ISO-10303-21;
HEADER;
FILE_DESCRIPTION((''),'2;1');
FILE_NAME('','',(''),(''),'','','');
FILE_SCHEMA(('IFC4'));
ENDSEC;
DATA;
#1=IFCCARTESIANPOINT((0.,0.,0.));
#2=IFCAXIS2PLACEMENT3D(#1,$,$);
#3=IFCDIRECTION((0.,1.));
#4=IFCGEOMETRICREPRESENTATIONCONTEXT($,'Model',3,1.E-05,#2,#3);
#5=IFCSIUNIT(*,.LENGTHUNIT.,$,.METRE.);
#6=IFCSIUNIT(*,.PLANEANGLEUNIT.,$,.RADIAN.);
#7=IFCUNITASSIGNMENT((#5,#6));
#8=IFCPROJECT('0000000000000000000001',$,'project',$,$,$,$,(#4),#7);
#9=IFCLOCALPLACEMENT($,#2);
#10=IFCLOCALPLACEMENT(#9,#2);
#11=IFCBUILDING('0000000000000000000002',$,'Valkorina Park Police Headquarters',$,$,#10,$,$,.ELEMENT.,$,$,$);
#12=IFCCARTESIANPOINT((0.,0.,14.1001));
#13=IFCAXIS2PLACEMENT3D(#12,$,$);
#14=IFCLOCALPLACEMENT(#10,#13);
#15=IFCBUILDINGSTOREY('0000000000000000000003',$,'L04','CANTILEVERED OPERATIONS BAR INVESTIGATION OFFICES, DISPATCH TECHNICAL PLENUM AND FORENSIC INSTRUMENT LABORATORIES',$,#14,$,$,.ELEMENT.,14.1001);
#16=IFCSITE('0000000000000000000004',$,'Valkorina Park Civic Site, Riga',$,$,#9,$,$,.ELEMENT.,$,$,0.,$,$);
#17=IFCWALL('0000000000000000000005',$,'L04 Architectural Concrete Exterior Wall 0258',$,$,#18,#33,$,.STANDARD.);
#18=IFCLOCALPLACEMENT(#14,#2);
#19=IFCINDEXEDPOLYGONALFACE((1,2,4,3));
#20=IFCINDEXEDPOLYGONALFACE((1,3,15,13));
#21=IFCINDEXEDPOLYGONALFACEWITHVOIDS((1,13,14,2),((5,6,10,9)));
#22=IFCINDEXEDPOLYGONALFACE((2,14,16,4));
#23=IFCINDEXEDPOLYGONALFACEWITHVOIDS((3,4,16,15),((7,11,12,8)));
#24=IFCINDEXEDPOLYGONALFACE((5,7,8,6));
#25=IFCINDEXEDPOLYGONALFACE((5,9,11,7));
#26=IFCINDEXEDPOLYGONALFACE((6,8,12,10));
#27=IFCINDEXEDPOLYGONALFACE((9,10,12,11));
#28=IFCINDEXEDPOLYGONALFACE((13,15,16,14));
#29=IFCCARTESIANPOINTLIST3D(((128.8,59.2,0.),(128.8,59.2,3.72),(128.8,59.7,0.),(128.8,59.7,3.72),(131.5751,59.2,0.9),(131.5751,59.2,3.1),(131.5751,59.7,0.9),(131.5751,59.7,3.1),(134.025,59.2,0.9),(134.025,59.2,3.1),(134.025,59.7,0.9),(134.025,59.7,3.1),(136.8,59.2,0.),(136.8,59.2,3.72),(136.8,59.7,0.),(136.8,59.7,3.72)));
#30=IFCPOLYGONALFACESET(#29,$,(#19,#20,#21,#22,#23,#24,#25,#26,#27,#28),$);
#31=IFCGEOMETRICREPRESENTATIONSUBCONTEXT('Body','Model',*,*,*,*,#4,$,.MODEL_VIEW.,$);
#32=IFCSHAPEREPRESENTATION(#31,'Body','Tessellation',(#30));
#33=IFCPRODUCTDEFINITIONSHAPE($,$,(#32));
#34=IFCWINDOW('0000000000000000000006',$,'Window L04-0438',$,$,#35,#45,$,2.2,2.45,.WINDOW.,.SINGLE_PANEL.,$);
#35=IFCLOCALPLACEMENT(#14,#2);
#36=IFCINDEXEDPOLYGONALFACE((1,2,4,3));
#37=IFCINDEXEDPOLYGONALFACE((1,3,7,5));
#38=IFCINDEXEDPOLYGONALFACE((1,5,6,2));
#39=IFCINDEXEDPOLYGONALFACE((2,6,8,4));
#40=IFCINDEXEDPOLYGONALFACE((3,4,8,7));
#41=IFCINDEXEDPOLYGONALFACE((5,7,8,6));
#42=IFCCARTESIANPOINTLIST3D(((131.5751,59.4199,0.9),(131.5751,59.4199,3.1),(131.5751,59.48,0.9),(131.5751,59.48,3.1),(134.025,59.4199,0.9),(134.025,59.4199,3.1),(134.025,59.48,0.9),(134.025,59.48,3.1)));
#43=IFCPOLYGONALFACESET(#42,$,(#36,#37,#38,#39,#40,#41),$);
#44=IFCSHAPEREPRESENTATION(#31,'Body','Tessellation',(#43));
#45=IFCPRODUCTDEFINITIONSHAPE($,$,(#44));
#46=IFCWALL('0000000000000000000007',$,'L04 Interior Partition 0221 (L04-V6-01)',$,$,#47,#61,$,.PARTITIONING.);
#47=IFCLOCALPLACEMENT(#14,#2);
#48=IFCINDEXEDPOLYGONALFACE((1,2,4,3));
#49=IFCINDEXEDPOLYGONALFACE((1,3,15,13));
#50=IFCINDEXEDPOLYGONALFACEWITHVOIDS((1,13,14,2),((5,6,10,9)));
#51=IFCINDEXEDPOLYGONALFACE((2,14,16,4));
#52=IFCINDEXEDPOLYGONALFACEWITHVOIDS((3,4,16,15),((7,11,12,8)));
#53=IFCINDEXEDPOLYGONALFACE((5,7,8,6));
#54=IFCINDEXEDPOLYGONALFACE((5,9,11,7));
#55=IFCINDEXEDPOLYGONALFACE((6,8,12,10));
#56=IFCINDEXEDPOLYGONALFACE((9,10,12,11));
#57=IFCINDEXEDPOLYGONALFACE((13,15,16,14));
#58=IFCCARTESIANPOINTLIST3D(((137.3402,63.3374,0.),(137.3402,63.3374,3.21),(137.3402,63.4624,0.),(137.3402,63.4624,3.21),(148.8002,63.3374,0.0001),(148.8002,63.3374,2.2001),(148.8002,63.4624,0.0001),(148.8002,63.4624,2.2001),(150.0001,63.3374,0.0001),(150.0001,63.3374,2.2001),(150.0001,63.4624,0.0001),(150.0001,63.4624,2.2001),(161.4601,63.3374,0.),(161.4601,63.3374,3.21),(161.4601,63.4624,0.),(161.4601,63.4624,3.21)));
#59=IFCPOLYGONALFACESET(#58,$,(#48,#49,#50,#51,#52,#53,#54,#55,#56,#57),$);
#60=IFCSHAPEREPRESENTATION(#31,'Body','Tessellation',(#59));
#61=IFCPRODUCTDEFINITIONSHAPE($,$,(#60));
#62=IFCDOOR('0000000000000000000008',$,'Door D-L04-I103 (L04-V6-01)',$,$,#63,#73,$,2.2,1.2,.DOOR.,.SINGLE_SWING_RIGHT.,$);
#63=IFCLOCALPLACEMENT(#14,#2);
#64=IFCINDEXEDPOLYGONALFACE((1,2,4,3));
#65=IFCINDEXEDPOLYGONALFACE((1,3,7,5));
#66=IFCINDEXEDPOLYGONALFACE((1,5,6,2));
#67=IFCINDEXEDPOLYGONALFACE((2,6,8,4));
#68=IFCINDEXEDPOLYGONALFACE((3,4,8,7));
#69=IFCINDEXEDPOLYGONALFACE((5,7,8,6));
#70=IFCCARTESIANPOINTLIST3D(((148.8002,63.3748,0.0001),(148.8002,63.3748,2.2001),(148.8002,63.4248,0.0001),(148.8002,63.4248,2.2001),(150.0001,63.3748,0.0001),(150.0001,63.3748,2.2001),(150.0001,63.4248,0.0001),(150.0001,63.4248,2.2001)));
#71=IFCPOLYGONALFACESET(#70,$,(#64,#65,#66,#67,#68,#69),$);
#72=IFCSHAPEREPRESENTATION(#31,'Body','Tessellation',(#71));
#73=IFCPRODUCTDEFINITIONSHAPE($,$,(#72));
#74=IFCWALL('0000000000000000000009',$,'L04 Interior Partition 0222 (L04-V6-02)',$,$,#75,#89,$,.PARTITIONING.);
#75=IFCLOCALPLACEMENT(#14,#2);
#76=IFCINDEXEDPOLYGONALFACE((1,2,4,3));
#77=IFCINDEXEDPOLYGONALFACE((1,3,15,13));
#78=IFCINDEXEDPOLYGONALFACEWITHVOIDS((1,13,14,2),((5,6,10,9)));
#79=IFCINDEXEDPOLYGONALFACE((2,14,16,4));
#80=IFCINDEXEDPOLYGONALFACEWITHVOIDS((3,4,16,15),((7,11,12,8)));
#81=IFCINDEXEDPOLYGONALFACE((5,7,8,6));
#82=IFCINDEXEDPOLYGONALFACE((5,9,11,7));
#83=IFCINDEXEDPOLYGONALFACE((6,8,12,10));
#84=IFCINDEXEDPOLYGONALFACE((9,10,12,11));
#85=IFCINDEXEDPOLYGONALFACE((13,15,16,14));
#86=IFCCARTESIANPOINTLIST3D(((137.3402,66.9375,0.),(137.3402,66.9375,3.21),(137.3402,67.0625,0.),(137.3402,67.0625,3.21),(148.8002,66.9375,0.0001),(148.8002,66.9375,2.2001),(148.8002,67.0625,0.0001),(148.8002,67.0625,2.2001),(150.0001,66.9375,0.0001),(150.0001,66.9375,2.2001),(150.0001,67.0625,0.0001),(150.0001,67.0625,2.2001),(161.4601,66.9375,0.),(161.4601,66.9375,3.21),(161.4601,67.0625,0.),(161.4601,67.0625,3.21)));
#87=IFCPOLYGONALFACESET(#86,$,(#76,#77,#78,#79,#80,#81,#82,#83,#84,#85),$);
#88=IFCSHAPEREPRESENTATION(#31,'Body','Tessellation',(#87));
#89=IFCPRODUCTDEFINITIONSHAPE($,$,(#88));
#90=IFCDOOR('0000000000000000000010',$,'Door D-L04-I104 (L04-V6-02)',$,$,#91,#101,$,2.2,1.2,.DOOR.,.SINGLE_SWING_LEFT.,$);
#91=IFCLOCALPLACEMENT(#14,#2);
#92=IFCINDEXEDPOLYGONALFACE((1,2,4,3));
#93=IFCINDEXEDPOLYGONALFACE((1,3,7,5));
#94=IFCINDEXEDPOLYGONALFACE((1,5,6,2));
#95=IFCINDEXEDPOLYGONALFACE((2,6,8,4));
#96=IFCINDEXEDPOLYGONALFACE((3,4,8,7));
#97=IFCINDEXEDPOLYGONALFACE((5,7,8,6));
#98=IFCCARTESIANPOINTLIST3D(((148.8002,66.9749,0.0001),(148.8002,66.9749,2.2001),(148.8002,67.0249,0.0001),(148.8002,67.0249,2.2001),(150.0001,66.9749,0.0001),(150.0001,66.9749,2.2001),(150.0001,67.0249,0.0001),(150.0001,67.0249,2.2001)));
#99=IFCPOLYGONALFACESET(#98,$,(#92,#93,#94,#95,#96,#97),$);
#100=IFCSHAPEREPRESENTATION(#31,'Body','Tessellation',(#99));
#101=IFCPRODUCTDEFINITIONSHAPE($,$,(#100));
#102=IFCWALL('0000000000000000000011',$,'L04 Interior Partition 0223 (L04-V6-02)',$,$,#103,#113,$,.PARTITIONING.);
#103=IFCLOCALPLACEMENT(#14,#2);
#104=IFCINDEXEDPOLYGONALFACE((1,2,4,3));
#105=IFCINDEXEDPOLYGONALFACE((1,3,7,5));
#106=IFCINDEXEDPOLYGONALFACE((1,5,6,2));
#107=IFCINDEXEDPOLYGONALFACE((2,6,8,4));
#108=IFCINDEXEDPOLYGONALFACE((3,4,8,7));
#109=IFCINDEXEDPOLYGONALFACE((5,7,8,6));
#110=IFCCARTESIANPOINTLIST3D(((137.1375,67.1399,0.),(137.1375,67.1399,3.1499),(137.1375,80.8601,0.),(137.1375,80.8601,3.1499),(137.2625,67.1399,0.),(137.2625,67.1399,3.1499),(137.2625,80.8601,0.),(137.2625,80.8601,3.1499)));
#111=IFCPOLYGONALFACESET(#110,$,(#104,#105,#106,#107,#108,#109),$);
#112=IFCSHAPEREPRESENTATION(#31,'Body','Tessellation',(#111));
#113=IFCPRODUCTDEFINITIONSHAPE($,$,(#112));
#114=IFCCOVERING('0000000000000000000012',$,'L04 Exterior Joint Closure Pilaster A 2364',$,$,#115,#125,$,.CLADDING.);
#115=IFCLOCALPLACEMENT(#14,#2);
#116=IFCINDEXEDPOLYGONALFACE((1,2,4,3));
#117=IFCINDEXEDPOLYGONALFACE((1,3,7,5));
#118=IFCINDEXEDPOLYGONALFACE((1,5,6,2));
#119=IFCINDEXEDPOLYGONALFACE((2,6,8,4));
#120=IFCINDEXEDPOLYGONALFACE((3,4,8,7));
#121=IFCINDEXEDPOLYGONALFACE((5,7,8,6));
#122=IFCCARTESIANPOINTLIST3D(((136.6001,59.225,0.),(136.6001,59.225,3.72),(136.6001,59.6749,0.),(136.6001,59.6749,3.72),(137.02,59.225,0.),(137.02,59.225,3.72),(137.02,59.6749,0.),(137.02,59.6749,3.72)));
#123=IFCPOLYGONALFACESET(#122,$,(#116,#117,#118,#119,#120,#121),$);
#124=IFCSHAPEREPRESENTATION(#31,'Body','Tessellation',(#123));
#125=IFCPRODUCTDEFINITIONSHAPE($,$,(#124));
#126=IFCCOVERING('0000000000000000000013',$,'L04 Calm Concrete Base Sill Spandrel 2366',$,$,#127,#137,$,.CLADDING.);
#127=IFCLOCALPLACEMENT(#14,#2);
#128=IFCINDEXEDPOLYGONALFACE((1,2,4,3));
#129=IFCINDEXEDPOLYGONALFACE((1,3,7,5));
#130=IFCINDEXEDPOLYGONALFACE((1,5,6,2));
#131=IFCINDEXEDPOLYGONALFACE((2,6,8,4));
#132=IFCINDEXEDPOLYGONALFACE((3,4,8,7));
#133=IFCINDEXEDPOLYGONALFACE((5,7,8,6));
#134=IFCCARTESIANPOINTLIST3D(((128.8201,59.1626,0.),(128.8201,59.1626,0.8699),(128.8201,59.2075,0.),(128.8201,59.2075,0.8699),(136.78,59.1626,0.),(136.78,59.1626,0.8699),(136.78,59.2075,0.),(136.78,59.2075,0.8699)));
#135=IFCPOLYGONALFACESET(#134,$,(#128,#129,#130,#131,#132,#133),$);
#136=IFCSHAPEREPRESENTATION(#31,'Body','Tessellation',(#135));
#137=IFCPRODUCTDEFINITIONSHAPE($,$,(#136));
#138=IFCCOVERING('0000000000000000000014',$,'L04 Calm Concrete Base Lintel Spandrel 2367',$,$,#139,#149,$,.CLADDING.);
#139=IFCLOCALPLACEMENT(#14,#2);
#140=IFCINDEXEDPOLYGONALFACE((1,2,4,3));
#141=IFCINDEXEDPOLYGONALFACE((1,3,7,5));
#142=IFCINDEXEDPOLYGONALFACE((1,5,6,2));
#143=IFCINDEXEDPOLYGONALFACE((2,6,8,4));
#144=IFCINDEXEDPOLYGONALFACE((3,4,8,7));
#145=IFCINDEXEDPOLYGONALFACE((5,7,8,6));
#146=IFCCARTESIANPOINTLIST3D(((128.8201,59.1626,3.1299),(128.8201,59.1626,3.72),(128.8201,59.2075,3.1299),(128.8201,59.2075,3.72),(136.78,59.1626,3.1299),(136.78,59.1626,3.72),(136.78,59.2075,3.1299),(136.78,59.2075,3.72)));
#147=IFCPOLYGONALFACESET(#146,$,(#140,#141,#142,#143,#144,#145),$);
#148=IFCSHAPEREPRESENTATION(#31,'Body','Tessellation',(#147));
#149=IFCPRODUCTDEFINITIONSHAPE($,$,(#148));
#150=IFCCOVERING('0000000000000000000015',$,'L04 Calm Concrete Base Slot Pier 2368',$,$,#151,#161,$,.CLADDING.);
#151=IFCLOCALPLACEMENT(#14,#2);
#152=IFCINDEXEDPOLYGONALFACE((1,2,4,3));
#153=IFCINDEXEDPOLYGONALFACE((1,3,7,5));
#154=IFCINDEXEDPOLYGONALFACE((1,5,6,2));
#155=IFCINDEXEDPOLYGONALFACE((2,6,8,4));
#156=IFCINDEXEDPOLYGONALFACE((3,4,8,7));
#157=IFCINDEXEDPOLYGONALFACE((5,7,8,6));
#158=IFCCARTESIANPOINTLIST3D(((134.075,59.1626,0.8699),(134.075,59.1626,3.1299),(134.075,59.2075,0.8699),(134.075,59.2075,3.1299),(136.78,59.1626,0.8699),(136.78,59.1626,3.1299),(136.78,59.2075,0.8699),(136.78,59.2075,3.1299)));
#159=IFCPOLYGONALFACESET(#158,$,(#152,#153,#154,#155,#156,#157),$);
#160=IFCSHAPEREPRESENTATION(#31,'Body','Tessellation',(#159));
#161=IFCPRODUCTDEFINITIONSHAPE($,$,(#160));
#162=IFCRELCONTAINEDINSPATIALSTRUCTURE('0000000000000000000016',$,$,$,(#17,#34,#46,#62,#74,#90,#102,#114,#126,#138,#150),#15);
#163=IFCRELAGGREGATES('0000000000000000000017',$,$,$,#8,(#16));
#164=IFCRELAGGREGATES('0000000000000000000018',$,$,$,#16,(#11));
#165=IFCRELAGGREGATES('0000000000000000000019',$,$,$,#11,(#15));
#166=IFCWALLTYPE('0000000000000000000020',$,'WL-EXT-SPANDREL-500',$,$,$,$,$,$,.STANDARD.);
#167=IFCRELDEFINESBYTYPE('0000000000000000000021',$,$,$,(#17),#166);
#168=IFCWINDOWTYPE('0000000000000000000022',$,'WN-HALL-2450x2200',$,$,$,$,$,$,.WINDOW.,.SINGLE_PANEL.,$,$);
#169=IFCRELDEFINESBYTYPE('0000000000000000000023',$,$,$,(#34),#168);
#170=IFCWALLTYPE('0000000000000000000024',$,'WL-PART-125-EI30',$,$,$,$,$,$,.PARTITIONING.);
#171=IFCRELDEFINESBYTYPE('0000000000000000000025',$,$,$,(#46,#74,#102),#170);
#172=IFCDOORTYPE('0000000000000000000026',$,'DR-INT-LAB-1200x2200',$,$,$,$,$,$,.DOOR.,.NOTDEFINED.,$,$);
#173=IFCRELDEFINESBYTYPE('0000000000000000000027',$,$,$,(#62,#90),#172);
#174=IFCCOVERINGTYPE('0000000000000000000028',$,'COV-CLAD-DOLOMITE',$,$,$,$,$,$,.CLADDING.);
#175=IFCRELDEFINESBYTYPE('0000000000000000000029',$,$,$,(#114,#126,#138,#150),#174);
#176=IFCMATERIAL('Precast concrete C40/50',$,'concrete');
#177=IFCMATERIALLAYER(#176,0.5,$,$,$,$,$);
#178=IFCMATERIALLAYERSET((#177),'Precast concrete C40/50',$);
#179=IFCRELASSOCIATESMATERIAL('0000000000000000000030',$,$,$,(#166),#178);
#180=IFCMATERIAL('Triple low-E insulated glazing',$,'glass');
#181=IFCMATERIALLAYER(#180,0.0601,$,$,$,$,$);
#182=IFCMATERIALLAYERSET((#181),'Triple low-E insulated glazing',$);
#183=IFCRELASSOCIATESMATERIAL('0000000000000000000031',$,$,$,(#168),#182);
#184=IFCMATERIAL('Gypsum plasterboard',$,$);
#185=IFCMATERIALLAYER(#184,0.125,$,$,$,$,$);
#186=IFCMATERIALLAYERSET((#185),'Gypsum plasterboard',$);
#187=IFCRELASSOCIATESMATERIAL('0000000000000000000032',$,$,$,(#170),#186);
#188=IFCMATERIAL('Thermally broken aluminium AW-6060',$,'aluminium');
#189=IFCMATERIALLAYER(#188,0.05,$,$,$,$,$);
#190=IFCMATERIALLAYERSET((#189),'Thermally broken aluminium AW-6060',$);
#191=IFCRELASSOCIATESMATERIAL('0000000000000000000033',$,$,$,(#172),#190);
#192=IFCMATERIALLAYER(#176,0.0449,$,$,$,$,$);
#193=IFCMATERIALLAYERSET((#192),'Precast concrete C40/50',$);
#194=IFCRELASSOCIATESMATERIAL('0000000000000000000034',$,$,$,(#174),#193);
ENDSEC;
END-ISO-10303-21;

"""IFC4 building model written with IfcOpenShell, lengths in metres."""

from ifc_helpers import new_model, si_unit, direction, frame, frame_2d, origin, origin_2d, place, context, subcontext, project, spatial, rectangle, extrude, material, layer, layer_set, type_object, element, fill, save


model = new_model("IFC4")

# Units and contexts
model_context = context("Model", 3, precision=1e-05, world=origin(), true_north=direction((0.0, 1.0)))
body_context = subcontext(model_context, "Body", "Model", "MODEL_VIEW")
ifc_project = project(units=[si_unit("LENGTHUNIT", "METRE"), si_unit("PLANEANGLEUNIT", "RADIAN")], contexts=[model_context])

# Site, building, storey
site_placement = place(None, origin())
site = spatial("IfcSite", under=ifc_project, at=site_placement, Name="Valkorina Park Civic Site, Riga", CompositionType="ELEMENT", RefElevation=0.0)
building_placement = place(site_placement, origin())
building = spatial("IfcBuilding", under=site, at=building_placement, Name="Valkorina Park Police Headquarters", CompositionType="ELEMENT")
storey_placement = place(building_placement, frame((0.0, 0.0, 14.1001)))
storey = spatial("IfcBuildingStorey", under=building, at=storey_placement, Name="L04", Description="CANTILEVERED OPERATIONS BAR INVESTIGATION OFFICES, DISPATCH TECHNICAL PLENUM AND FORENSIC INSTRUMENT LABORATORIES", CompositionType="ELEMENT", Elevation=14.1001)

# Wall, opening, window
ifc_material_1 = material(Name="Precast concrete C40/50", Category="concrete")
ifc_layer_1 = layer(ifc_material_1, 0.5)
ifc_layer_set_1 = layer_set([ifc_layer_1], Name="Precast concrete C40/50")
wall_type_1 = type_object("IfcWallType", Name="WL-EXT-SPANDREL-500", PredefinedType="STANDARD", material=ifc_layer_set_1)
wall_1_placement = place(storey_placement, frame((136.8, 59.45, 0.0), z_axis=(0.0, 0.0, 1.0), x_axis=(-1.0, 0.0, 0.0)))
wall_1 = element("IfcWall", 1, at=wall_1_placement, inside=storey, type_object=wall_type_1, Name="L04 Architectural Concrete Exterior Wall 0258", PredefinedType="STANDARD", context=body_context, shape_type="SweptSolid", body=[
    extrude(rectangle(XDim=8.0, YDim=0.5, at=frame_2d((4.0, 0.0))), origin(), (0.0, 0.0, 1.0), 3.72),
])
opening_1_placement = place(wall_1_placement, frame((2.7749, 0.0, 0.8999)))
opening_1 = element("IfcOpeningElement", 2, at=opening_1_placement, cuts=wall_1, PredefinedType="OPENING", context=body_context, shape_type="SweptSolid", body=[
    extrude(rectangle(XDim=2.45, YDim=2.2, at=frame_2d((1.2251, 1.1001))), frame((0.0, 0.26, 0.0), z_axis=(0.0, -1.0, 0.0), x_axis=(1.0, 0.0, 0.0)), (0.0, 0.0, 1.0), 0.52),
])
ifc_material_2 = material(Name="Triple low-E insulated glazing", Category="glass")
ifc_layer_2 = layer(ifc_material_2, 0.0601)
ifc_layer_set_2 = layer_set([ifc_layer_2], Name="Triple low-E insulated glazing")
window_type = type_object("IfcWindowType", Name="WN-HALL-2450x2200", PartitioningType="SINGLE_PANEL", PredefinedType="WINDOW", material=ifc_layer_set_2)
window_placement = place(opening_1_placement, origin())
window = element("IfcWindow", 3, at=window_placement, inside=storey, type_object=window_type, Name="Window L04-0438", OverallHeight=2.2, OverallWidth=2.45, PartitioningType="SINGLE_PANEL", PredefinedType="WINDOW", context=body_context, shape_type="SweptSolid", body=[
    extrude(rectangle(XDim=2.45, YDim=2.2, at=frame_2d((1.2251, 1.1001))), frame((0.0, 0.03, 0.0), z_axis=(0.0, -1.0, 0.0), x_axis=(1.0, 0.0, 0.0)), (0.0, 0.0, 1.0), 0.0601),
])
fill(opening_1, window)

# Walls, openings, doors
ifc_material_3 = material(Name="Gypsum plasterboard")
ifc_layer_3 = layer(ifc_material_3, 0.125)
ifc_layer_set_3 = layer_set([ifc_layer_3], Name="Gypsum plasterboard")
wall_type_2 = type_object("IfcWallType", Name="WL-PART-125-EI30", PredefinedType="PARTITIONING", material=ifc_layer_set_3)
wall_2_placement = place(storey_placement, frame((137.3401, 63.3999, 0.0), z_axis=(0.0, 0.0, 1.0), x_axis=(1.0, 0.0, 0.0)))
wall_2 = element("IfcWall", 4, at=wall_2_placement, inside=storey, type_object=wall_type_2, Name="L04 Interior Partition 0221 (L04-V6-01)", PredefinedType="PARTITIONING", context=body_context, shape_type="SweptSolid", body=[
    extrude(rectangle(XDim=24.1199, YDim=0.125, at=frame_2d((12.0601, 0.0))), origin(), (0.0, 0.0, 1.0), 3.21),
])
opening_2_placement = place(wall_2_placement, frame((11.46, 0.0, 0.0)))
opening_2 = element("IfcOpeningElement", 5, at=opening_2_placement, cuts=wall_2, PredefinedType="OPENING", context=body_context, shape_type="SweptSolid", body=[
    extrude(rectangle(XDim=1.2, YDim=2.2, at=frame_2d((0.6001, 1.1001))), frame((0.0, 0.0725, 0.0), z_axis=(0.0, -1.0, 0.0), x_axis=(1.0, 0.0, 0.0)), (0.0, 0.0, 1.0), 0.145),
])
ifc_material_4 = material(Name="Thermally broken aluminium AW-6060", Category="aluminium")
ifc_layer_4 = layer(ifc_material_4, 0.05)
ifc_layer_set_4 = layer_set([ifc_layer_4], Name="Thermally broken aluminium AW-6060")
door_type = type_object("IfcDoorType", Name="DR-INT-LAB-1200x2200", OperationType="NOTDEFINED", PredefinedType="DOOR", material=ifc_layer_set_4)
door_1_placement = place(opening_2_placement, origin())
door_1 = element("IfcDoor", 6, at=door_1_placement, inside=storey, type_object=door_type, Name="Door D-L04-I103 (L04-V6-01)", OperationType="SINGLE_SWING_RIGHT", OverallHeight=2.2, OverallWidth=1.2, PredefinedType="DOOR", context=body_context, shape_type="SweptSolid", body=[
    extrude(rectangle(XDim=1.2, YDim=2.2, at=frame_2d((0.6001, 1.1001))), frame((0.0, 0.0249, 0.0), z_axis=(0.0, -1.0, 0.0), x_axis=(1.0, 0.0, 0.0)), (0.0, 0.0, 1.0), 0.05),
])
fill(opening_2, door_1)
wall_3_placement = place(storey_placement, frame((137.3401, 67.0, 0.0), z_axis=(0.0, 0.0, 1.0), x_axis=(1.0, 0.0, 0.0)))
wall_3 = element("IfcWall", 7, at=wall_3_placement, inside=storey, type_object=wall_type_2, Name="L04 Interior Partition 0222 (L04-V6-02)", PredefinedType="PARTITIONING", context=body_context, shape_type="SweptSolid", body=[
    extrude(rectangle(XDim=24.1199, YDim=0.125, at=frame_2d((12.0601, 0.0))), origin(), (0.0, 0.0, 1.0), 3.21),
])
opening_3_placement = place(wall_3_placement, frame((11.46, 0.0, 0.0)))
opening_3 = element("IfcOpeningElement", 8, at=opening_3_placement, cuts=wall_3, PredefinedType="OPENING", context=body_context, shape_type="SweptSolid", body=[
    extrude(rectangle(XDim=1.2, YDim=2.2, at=frame_2d((0.6001, 1.1001))), frame((0.0, 0.0725, 0.0), z_axis=(0.0, -1.0, 0.0), x_axis=(1.0, 0.0, 0.0)), (0.0, 0.0, 1.0), 0.145),
])
door_2_placement = place(opening_3_placement, origin())
door_2 = element("IfcDoor", 9, at=door_2_placement, inside=storey, type_object=door_type, Name="Door D-L04-I104 (L04-V6-02)", OperationType="SINGLE_SWING_LEFT", OverallHeight=2.2, OverallWidth=1.2, PredefinedType="DOOR", context=body_context, shape_type="SweptSolid", body=[
    extrude(rectangle(XDim=1.2, YDim=2.2, at=frame_2d((0.6001, 1.1001))), frame((0.0, 0.0249, 0.0), z_axis=(0.0, -1.0, 0.0), x_axis=(1.0, 0.0, 0.0)), (0.0, 0.0, 1.0), 0.05),
])
fill(opening_3, door_2)

# Wall
wall_4_placement = place(storey_placement, frame((137.2, 67.1399, 0.0), z_axis=(0.0, 0.0, 1.0), x_axis=(0.0, 1.0, 0.0)))
element("IfcWall", 10, at=wall_4_placement, inside=storey, type_object=wall_type_2, Name="L04 Interior Partition 0223 (L04-V6-02)", PredefinedType="PARTITIONING", context=body_context, shape_type="SweptSolid", body=[
    extrude(rectangle(XDim=13.7202, YDim=0.125, at=frame_2d((6.8601, 0.0))), origin(), (0.0, 0.0, 1.0), 3.1499),
])

# Coverings
ifc_layer_5 = layer(ifc_material_1, 0.0449)
ifc_layer_set_5 = layer_set([ifc_layer_5], Name="Precast concrete C40/50")
covering_type = type_object("IfcCoveringType", Name="COV-CLAD-DOLOMITE", PredefinedType="CLADDING", material=ifc_layer_set_5)
covering_1_placement = place(storey_placement, frame((136.8101, 59.45, 0.0), z_axis=(0.0, 0.0, 1.0), x_axis=(1.0, 0.0, 0.0)))
element("IfcCovering", 11, at=covering_1_placement, inside=storey, type_object=covering_type, Name="L04 Exterior Joint Closure Pilaster A 2364", PredefinedType="CLADDING", context=body_context, shape_type="SweptSolid", body=[
    extrude(rectangle(XDim=0.4199, YDim=0.45, at=origin_2d()), origin(), (0.0, 0.0, 1.0), 3.72),
])
covering_2_placement = place(storey_placement, frame((136.78, 59.1851, 0.0), z_axis=(0.0, 0.0, 1.0), x_axis=(-1.0, 0.0, 0.0)))
element("IfcCovering", 12, at=covering_2_placement, inside=storey, type_object=covering_type, Name="L04 Calm Concrete Base Sill Spandrel 2366", PredefinedType="CLADDING", context=body_context, shape_type="SweptSolid", body=[
    extrude(rectangle(XDim=7.96, YDim=0.0449, at=frame_2d((3.98, 0.0))), origin(), (0.0, 0.0, 1.0), 0.8699),
])
covering_3_placement = place(storey_placement, frame((136.78, 59.1851, 3.1299), z_axis=(0.0, 0.0, 1.0), x_axis=(-1.0, 0.0, 0.0)))
element("IfcCovering", 13, at=covering_3_placement, inside=storey, type_object=covering_type, Name="L04 Calm Concrete Base Lintel Spandrel 2367", PredefinedType="CLADDING", context=body_context, shape_type="SweptSolid", body=[
    extrude(rectangle(XDim=7.96, YDim=0.0449, at=frame_2d((3.98, 0.0))), origin(), (0.0, 0.0, 1.0), 0.5901),
])
covering_4_placement = place(storey_placement, frame((136.78, 59.1851, 0.8699), z_axis=(0.0, 0.0, 1.0), x_axis=(-1.0, 0.0, 0.0)))
element("IfcCovering", 14, at=covering_4_placement, inside=storey, type_object=covering_type, Name="L04 Calm Concrete Base Slot Pier 2368", PredefinedType="CLADDING", context=body_context, shape_type="SweptSolid", body=[
    extrude(rectangle(XDim=2.7051, YDim=0.0449, at=frame_2d((1.3525, 0.0))), origin(), (0.0, 0.0, 1.0), 2.26),
])

save(model, "model.ifc")
